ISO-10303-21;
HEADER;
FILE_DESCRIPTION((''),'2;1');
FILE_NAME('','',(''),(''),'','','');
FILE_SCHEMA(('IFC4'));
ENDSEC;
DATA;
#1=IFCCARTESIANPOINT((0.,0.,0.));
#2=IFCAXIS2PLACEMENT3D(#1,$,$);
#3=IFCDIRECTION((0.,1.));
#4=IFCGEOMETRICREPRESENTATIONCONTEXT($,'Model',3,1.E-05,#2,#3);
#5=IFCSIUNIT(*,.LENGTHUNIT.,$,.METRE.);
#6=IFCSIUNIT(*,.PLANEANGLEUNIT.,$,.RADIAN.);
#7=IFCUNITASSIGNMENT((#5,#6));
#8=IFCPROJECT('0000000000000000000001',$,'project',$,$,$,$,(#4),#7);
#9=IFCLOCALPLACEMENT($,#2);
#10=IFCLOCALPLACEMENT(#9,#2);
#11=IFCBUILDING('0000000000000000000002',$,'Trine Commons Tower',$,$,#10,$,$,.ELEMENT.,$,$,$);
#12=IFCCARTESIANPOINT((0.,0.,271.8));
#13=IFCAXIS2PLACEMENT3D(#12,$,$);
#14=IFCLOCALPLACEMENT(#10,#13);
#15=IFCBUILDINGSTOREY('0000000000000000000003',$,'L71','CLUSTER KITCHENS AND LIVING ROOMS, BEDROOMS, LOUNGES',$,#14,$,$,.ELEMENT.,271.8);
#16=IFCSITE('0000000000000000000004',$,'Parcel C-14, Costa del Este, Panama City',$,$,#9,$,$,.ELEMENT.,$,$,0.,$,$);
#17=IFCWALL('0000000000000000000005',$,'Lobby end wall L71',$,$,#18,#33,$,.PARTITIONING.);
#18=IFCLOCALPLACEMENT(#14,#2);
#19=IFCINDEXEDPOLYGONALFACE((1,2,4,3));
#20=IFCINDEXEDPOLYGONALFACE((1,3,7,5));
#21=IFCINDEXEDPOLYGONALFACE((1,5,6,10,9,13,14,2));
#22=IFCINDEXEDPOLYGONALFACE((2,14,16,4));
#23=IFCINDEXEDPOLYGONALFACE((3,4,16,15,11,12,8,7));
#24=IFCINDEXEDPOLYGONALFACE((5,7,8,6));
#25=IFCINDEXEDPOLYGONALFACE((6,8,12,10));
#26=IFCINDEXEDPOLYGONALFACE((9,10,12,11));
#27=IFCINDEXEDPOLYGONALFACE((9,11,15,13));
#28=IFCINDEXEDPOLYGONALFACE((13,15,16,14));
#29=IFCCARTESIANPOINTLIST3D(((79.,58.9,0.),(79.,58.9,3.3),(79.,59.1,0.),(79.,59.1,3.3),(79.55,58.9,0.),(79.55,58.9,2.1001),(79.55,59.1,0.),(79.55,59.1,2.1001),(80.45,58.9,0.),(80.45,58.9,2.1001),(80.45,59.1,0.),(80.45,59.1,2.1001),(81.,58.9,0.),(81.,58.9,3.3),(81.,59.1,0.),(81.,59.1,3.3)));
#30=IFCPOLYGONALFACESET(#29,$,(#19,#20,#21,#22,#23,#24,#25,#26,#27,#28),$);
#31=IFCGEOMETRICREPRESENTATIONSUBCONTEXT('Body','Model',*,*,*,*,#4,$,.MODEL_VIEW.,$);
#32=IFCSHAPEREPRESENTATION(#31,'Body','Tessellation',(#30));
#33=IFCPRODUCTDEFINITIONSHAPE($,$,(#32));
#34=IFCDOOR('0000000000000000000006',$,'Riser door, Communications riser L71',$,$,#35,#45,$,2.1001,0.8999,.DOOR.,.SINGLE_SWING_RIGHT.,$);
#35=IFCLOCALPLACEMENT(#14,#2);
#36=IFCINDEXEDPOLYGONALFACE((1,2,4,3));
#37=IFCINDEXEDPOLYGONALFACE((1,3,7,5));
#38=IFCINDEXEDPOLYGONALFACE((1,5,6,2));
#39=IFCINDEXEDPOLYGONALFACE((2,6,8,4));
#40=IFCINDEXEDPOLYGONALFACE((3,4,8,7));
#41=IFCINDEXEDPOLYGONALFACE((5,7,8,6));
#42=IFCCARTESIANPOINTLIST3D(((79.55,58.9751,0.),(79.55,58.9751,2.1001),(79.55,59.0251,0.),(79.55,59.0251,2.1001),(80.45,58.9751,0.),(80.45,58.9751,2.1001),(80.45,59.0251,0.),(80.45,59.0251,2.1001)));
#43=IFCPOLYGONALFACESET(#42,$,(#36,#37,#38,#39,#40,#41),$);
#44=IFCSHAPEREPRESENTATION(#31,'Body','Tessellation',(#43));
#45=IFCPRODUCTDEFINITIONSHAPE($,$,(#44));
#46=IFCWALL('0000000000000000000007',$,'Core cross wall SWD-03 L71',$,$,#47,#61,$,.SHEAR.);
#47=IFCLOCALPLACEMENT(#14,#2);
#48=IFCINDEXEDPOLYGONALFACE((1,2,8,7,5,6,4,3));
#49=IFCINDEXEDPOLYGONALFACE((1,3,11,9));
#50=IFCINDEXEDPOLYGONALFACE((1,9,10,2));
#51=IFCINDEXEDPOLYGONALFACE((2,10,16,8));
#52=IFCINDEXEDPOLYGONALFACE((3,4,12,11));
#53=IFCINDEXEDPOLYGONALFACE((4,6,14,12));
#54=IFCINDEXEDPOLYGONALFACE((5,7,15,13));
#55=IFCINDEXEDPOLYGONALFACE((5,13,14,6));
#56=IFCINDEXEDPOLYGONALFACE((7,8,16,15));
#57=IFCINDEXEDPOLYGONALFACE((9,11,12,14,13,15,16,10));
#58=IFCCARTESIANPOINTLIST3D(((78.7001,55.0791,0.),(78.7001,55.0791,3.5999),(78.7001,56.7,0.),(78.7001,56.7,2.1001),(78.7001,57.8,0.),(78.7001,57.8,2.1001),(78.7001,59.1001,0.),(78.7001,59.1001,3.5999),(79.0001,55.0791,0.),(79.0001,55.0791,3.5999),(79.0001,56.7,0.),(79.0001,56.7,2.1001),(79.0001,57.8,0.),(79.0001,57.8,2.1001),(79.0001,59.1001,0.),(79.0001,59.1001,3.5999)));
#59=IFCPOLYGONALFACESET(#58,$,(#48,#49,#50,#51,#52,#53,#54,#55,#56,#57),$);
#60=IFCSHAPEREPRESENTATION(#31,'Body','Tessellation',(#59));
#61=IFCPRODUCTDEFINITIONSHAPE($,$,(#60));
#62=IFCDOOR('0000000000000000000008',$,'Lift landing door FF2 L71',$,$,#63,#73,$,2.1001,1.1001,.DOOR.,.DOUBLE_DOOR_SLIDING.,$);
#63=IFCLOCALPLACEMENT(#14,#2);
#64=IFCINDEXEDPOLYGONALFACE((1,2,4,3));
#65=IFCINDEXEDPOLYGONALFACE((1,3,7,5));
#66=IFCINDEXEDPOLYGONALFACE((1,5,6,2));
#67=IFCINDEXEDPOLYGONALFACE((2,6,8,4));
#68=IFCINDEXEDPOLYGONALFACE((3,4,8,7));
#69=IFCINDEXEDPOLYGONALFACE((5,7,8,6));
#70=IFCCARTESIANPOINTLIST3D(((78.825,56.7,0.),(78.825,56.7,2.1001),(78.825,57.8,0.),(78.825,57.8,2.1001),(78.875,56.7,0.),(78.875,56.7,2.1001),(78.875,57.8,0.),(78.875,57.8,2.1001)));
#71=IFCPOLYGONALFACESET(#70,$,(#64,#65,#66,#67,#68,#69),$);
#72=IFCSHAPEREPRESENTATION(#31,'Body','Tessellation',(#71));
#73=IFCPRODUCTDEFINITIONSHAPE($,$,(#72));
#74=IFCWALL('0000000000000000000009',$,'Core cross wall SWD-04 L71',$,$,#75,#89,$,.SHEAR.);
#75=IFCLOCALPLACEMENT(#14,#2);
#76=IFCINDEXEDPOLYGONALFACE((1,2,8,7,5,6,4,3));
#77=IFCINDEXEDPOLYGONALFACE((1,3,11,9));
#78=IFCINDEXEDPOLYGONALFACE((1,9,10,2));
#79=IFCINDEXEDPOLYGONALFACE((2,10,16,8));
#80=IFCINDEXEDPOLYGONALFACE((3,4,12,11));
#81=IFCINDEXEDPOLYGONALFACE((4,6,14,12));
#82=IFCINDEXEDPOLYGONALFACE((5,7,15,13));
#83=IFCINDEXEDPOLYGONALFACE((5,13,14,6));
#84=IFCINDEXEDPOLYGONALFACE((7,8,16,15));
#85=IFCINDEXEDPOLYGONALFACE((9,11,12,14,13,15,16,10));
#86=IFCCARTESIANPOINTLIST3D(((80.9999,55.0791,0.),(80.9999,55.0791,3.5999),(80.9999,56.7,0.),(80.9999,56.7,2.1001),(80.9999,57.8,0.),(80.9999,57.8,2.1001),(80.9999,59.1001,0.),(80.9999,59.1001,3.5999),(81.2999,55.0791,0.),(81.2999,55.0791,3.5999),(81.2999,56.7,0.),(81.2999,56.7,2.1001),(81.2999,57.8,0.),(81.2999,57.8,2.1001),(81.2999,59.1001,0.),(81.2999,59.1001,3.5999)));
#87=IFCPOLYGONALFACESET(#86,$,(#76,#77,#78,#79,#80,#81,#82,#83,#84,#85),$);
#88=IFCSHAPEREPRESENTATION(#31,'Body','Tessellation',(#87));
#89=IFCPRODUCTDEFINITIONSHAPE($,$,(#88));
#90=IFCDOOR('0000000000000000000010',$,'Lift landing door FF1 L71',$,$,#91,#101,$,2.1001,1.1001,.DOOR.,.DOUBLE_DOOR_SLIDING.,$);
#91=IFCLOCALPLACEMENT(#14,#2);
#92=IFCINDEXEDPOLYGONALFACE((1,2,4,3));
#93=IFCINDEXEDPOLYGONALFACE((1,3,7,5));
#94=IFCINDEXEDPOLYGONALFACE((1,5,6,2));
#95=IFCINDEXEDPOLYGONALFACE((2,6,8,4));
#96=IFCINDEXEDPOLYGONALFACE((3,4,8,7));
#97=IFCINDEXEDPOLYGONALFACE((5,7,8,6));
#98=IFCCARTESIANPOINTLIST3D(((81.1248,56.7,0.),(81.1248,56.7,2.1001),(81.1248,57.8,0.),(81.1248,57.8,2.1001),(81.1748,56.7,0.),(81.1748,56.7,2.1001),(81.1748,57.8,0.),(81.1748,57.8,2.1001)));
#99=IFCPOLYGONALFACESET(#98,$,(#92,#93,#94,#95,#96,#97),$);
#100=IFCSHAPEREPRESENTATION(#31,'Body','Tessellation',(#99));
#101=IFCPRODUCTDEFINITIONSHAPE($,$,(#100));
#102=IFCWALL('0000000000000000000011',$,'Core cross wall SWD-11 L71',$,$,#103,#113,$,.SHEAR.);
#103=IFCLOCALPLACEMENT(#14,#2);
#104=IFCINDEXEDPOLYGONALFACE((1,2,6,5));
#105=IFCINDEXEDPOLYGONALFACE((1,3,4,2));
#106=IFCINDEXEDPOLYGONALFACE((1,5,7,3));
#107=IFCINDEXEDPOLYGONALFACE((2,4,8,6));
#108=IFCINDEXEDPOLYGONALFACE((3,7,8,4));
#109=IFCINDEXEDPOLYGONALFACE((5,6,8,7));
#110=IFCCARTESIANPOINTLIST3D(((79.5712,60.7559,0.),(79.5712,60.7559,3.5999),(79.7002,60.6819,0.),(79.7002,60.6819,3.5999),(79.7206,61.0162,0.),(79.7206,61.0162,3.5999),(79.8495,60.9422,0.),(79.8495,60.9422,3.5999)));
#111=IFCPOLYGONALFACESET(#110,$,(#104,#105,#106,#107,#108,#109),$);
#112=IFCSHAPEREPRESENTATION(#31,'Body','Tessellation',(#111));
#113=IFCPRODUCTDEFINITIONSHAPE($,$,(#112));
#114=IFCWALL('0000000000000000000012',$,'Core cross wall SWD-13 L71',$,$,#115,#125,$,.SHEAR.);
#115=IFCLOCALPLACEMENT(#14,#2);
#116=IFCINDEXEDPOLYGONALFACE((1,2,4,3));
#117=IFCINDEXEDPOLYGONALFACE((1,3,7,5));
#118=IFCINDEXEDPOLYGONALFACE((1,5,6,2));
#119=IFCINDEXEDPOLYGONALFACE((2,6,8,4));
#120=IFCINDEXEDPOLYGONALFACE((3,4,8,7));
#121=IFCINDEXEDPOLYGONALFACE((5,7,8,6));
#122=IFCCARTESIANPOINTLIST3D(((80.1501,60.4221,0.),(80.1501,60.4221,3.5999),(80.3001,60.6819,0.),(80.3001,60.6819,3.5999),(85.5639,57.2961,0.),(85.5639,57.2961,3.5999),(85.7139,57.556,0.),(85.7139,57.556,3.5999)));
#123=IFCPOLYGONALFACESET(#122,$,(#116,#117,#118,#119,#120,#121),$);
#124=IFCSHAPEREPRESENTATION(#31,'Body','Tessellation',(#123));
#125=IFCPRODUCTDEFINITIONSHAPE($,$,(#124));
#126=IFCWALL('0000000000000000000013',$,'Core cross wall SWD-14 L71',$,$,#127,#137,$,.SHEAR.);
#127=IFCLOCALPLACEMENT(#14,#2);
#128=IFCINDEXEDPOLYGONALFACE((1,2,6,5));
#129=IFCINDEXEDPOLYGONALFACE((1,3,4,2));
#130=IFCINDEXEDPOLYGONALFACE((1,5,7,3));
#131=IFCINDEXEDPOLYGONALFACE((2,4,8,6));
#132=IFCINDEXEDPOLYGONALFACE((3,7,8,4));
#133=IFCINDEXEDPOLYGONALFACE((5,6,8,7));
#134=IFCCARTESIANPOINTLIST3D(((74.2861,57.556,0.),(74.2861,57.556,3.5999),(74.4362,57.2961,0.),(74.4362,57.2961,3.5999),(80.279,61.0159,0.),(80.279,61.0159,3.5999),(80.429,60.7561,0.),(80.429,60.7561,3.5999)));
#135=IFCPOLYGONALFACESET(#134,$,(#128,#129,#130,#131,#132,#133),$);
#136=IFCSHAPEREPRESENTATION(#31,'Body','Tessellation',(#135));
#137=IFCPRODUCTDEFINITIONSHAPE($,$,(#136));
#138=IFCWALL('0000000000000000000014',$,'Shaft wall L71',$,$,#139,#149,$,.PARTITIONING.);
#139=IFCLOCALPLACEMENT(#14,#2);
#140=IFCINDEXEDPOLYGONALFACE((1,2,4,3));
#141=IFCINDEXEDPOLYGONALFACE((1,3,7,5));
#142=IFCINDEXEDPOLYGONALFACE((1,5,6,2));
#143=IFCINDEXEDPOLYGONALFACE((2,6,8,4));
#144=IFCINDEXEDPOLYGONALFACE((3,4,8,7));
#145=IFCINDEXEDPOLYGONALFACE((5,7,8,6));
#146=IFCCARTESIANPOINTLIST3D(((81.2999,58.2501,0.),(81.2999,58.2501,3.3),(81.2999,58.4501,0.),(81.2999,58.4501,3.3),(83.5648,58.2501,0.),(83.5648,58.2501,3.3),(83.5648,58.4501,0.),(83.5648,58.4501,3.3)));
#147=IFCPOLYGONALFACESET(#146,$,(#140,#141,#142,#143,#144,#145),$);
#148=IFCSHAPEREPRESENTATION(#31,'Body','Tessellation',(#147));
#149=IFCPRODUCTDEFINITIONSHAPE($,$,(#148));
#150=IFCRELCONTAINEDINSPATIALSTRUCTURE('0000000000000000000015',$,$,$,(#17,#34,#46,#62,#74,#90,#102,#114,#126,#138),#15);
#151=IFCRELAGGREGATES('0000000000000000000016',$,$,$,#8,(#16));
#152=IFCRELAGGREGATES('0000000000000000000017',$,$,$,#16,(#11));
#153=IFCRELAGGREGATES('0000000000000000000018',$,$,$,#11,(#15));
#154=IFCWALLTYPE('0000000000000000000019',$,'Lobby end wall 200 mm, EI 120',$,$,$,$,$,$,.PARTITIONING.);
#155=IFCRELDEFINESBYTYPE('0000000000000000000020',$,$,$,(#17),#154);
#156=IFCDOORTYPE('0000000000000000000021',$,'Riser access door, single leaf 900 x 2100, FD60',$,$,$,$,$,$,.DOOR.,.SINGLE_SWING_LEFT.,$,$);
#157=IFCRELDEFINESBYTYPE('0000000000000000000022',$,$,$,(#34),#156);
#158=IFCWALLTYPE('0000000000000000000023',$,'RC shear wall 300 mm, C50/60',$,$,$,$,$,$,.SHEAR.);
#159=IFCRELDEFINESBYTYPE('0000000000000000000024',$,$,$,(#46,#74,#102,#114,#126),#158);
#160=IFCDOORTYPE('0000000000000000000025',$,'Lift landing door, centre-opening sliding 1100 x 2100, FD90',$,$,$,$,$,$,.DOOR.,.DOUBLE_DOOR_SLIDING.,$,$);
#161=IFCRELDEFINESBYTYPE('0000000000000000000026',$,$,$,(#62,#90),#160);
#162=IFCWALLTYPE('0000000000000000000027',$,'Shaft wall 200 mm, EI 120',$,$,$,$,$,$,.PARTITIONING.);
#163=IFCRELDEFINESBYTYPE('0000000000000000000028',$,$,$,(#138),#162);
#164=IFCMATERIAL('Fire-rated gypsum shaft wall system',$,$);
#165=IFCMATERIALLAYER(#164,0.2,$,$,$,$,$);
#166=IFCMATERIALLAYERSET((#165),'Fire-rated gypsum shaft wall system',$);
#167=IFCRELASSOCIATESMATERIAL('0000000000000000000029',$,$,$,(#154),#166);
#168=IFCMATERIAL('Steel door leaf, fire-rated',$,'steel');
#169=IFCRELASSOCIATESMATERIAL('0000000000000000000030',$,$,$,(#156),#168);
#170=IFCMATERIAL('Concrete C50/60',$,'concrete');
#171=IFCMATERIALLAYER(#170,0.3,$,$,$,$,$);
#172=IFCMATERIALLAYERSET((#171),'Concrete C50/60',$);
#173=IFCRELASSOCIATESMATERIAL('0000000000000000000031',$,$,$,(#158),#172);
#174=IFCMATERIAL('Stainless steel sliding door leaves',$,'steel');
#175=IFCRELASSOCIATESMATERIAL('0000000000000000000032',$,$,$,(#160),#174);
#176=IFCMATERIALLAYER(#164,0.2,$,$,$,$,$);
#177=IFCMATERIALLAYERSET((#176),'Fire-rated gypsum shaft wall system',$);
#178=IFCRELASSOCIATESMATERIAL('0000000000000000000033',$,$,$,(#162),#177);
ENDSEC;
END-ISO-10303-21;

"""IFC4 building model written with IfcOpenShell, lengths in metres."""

from ifc_helpers import new_model, si_unit, direction, frame, frame_2d, origin, place, context, subcontext, project, spatial, rectangle, extrude, material, layer, layer_set, type_object, element, fill, save


model = new_model("IFC4")

# Units and contexts
model_context = context("Model", 3, precision=1e-05, world=origin(), true_north=direction((0.0, 1.0)))
body_context = subcontext(model_context, "Body", "Model", "MODEL_VIEW")
ifc_project = project(units=[si_unit("LENGTHUNIT", "METRE"), si_unit("PLANEANGLEUNIT", "RADIAN")], contexts=[model_context])

# Site, building, storey
site_placement = place(None, origin())
site = spatial("IfcSite", under=ifc_project, at=site_placement, Name="Parcel C-14, Costa del Este, Panama City", CompositionType="ELEMENT", RefElevation=0.0)
building_placement = place(site_placement, origin())
building = spatial("IfcBuilding", under=site, at=building_placement, Name="Trine Commons Tower", CompositionType="ELEMENT")
storey_placement = place(building_placement, frame((0.0, 0.0, 271.8)))
storey = spatial("IfcBuildingStorey", under=building, at=storey_placement, Name="L71", Description="CLUSTER KITCHENS AND LIVING ROOMS, BEDROOMS, LOUNGES", CompositionType="ELEMENT", Elevation=271.8)

# Walls, openings, doors
ifc_material_1 = material(Name="Fire-rated gypsum shaft wall system")
ifc_layer_1 = layer(ifc_material_1, 0.2)
ifc_layer_set_1 = layer_set([ifc_layer_1], Name="Fire-rated gypsum shaft wall system")
wall_type_1 = type_object("IfcWallType", Name="Lobby end wall 200 mm, EI 120", PredefinedType="PARTITIONING", material=ifc_layer_set_1)
wall_1_placement = place(storey_placement, frame((79.0, 59.0, 0.0), z_axis=(0.0, 0.0, 1.0), x_axis=(1.0, 0.0, 0.0)))
wall_1 = element("IfcWall", 1, at=wall_1_placement, inside=storey, type_object=wall_type_1, Name="Lobby end wall L71", PredefinedType="PARTITIONING", context=body_context, shape_type="SweptSolid", body=[
    extrude(rectangle(XDim=2.0, YDim=0.2, at=frame_2d((1.0, 0.0))), origin(), (0.0, 0.0, 1.0), 3.3),
])
opening_1_placement = place(wall_1_placement, frame((0.55, 0.0, 0.0)))
opening_1 = element("IfcOpeningElement", 2, at=opening_1_placement, cuts=wall_1, PredefinedType="OPENING", context=body_context, shape_type="SweptSolid", body=[
    extrude(rectangle(XDim=0.8999, YDim=2.1001, at=frame_2d((0.45, 1.05))), frame((0.0, 0.1099, 0.0), z_axis=(0.0, -1.0, 0.0), x_axis=(1.0, 0.0, 0.0)), (0.0, 0.0, 1.0), 0.22),
])
ifc_material_2 = material(Name="Steel door leaf, fire-rated", Category="steel")
door_type_1 = type_object("IfcDoorType", Name="Riser access door, single leaf 900 x 2100, FD60", OperationType="SINGLE_SWING_LEFT", PredefinedType="DOOR", material=ifc_material_2)
door_1_placement = place(opening_1_placement, frame((0.8999, 0.0, 0.0), z_axis=(0.0, 0.0, 1.0), x_axis=(-1.0, 0.0, 0.0)))
door_1 = element("IfcDoor", 3, at=door_1_placement, inside=storey, type_object=door_type_1, Name="Riser door, Communications riser L71", OperationType="SINGLE_SWING_RIGHT", OverallHeight=2.1001, OverallWidth=0.8999, PredefinedType="DOOR", context=body_context, shape_type="SweptSolid", body=[
    extrude(rectangle(XDim=0.8999, YDim=2.1001, at=frame_2d((0.45, 1.05))), frame((0.0, 0.0249, 0.0), z_axis=(0.0, -1.0, 0.0), x_axis=(1.0, 0.0, 0.0)), (0.0, 0.0, 1.0), 0.05),
])
fill(opening_1, door_1)
ifc_material_3 = material(Name="Concrete C50/60", Category="concrete")
ifc_layer_2 = layer(ifc_material_3, 0.3)
ifc_layer_set_2 = layer_set([ifc_layer_2], Name="Concrete C50/60")
wall_type_2 = type_object("IfcWallType", Name="RC shear wall 300 mm, C50/60", PredefinedType="SHEAR", material=ifc_layer_set_2)
wall_2_placement = place(storey_placement, frame((78.8501, 59.1001, 0.0), z_axis=(0.0, 0.0, 1.0), x_axis=(0.0, -1.0, 0.0)))
wall_2 = element("IfcWall", 4, at=wall_2_placement, inside=storey, type_object=wall_type_2, Name="Core cross wall SWD-03 L71", PredefinedType="SHEAR", context=body_context, shape_type="SweptSolid", body=[
    extrude(rectangle(XDim=4.021, YDim=0.3, at=frame_2d((2.0105, 0.0))), origin(), (0.0, 0.0, 1.0), 3.5999),
])
opening_2_placement = place(wall_2_placement, frame((1.3, 0.0, 0.0)))
opening_2 = element("IfcOpeningElement", 5, at=opening_2_placement, cuts=wall_2, PredefinedType="OPENING", context=body_context, shape_type="SweptSolid", body=[
    extrude(rectangle(XDim=1.1001, YDim=2.1001, at=frame_2d((0.55, 1.05))), frame((0.0, 0.1599, 0.0), z_axis=(0.0, -1.0, 0.0), x_axis=(1.0, 0.0, 0.0)), (0.0, 0.0, 1.0), 0.3201),
])
ifc_material_4 = material(Name="Stainless steel sliding door leaves", Category="steel")
door_type_2 = type_object("IfcDoorType", Name="Lift landing door, centre-opening sliding 1100 x 2100, FD90", OperationType="DOUBLE_DOOR_SLIDING", PredefinedType="DOOR", material=ifc_material_4)
door_2_placement = place(opening_2_placement, origin())
door_2 = element("IfcDoor", 6, at=door_2_placement, inside=storey, type_object=door_type_2, Name="Lift landing door FF2 L71", OperationType="DOUBLE_DOOR_SLIDING", OverallHeight=2.1001, OverallWidth=1.1001, PredefinedType="DOOR", context=body_context, shape_type="SweptSolid", body=[
    extrude(rectangle(XDim=1.1001, YDim=2.1001, at=frame_2d((0.55, 1.05))), frame((0.0, 0.0249, 0.0), z_axis=(0.0, -1.0, 0.0), x_axis=(1.0, 0.0, 0.0)), (0.0, 0.0, 1.0), 0.05),
])
fill(opening_2, door_2)
wall_3_placement = place(storey_placement, frame((81.1499, 59.1001, 0.0), z_axis=(0.0, 0.0, 1.0), x_axis=(0.0, -1.0, 0.0)))
wall_3 = element("IfcWall", 7, at=wall_3_placement, inside=storey, type_object=wall_type_2, Name="Core cross wall SWD-04 L71", PredefinedType="SHEAR", context=body_context, shape_type="SweptSolid", body=[
    extrude(rectangle(XDim=4.021, YDim=0.3, at=frame_2d((2.0105, 0.0))), origin(), (0.0, 0.0, 1.0), 3.5999),
])
opening_3_placement = place(wall_3_placement, frame((1.3, 0.0, 0.0)))
opening_3 = element("IfcOpeningElement", 8, at=opening_3_placement, cuts=wall_3, PredefinedType="OPENING", context=body_context, shape_type="SweptSolid", body=[
    extrude(rectangle(XDim=1.1001, YDim=2.1001, at=frame_2d((0.55, 1.05))), frame((0.0, 0.1599, 0.0), z_axis=(0.0, -1.0, 0.0), x_axis=(1.0, 0.0, 0.0)), (0.0, 0.0, 1.0), 0.3201),
])
door_3_placement = place(opening_3_placement, origin())
door_3 = element("IfcDoor", 9, at=door_3_placement, inside=storey, type_object=door_type_2, Name="Lift landing door FF1 L71", OperationType="DOUBLE_DOOR_SLIDING", OverallHeight=2.1001, OverallWidth=1.1001, PredefinedType="DOOR", context=body_context, shape_type="SweptSolid", body=[
    extrude(rectangle(XDim=1.1001, YDim=2.1001, at=frame_2d((0.55, 1.05))), frame((0.0, 0.0249, 0.0), z_axis=(0.0, -1.0, 0.0), x_axis=(1.0, 0.0, 0.0)), (0.0, 0.0, 1.0), 0.05),
])
fill(opening_3, door_3)

# Walls
wall_4_placement = place(storey_placement, frame((79.646, 60.886, 0.0), z_axis=(0.0, 0.0, 1.0), x_axis=(0.867332, -0.49773, 0.0)))
element("IfcWall", 10, at=wall_4_placement, inside=storey, type_object=wall_type_2, Name="Core cross wall SWD-11 L71", PredefinedType="SHEAR", context=body_context, shape_type="SweptSolid", body=[
    extrude(rectangle(XDim=0.1487, YDim=0.3, at=frame_2d((0.0742, 0.0))), origin(), (0.0, 0.0, 1.0), 3.5999),
])
wall_5_placement = place(storey_placement, frame((80.2251, 60.552, 0.0), z_axis=(0.0, 0.0, 1.0), x_axis=(0.866004, -0.500037, 0.0)))
element("IfcWall", 11, at=wall_5_placement, inside=storey, type_object=wall_type_2, Name="Core cross wall SWD-13 L71", PredefinedType="SHEAR", context=body_context, shape_type="SweptSolid", body=[
    extrude(rectangle(XDim=6.2515, YDim=0.3, at=frame_2d((3.1257, 0.0))), origin(), (0.0, 0.0, 1.0), 3.5999),
])
wall_6_placement = place(storey_placement, frame((80.354, 60.886, 0.0), z_axis=(0.0, 0.0, 1.0), x_axis=(-0.866029, -0.499994, 0.0)))
element("IfcWall", 12, at=wall_6_placement, inside=storey, type_object=wall_type_2, Name="Core cross wall SWD-14 L71", PredefinedType="SHEAR", context=body_context, shape_type="SweptSolid", body=[
    extrude(rectangle(XDim=6.9199, YDim=0.3, at=frame_2d((3.46, 0.0))), origin(), (0.0, 0.0, 1.0), 3.5999),
])
ifc_layer_3 = layer(ifc_material_1, 0.2)
ifc_layer_set_3 = layer_set([ifc_layer_3], Name="Fire-rated gypsum shaft wall system")
wall_type_3 = type_object("IfcWallType", Name="Shaft wall 200 mm, EI 120", PredefinedType="PARTITIONING", material=ifc_layer_set_3)
wall_7_placement = place(storey_placement, frame((81.3, 58.3501, 0.0), z_axis=(0.0, 0.0, 1.0), x_axis=(1.0, 0.0, 0.0)))
element("IfcWall", 13, at=wall_7_placement, inside=storey, type_object=wall_type_3, Name="Shaft wall L71", PredefinedType="PARTITIONING", context=body_context, shape_type="SweptSolid", body=[
    extrude(rectangle(XDim=2.2649, YDim=0.2, at=frame_2d((1.1323, 0.0))), origin(), (0.0, 0.0, 1.0), 3.3),
])

save(model, "model.ifc")
